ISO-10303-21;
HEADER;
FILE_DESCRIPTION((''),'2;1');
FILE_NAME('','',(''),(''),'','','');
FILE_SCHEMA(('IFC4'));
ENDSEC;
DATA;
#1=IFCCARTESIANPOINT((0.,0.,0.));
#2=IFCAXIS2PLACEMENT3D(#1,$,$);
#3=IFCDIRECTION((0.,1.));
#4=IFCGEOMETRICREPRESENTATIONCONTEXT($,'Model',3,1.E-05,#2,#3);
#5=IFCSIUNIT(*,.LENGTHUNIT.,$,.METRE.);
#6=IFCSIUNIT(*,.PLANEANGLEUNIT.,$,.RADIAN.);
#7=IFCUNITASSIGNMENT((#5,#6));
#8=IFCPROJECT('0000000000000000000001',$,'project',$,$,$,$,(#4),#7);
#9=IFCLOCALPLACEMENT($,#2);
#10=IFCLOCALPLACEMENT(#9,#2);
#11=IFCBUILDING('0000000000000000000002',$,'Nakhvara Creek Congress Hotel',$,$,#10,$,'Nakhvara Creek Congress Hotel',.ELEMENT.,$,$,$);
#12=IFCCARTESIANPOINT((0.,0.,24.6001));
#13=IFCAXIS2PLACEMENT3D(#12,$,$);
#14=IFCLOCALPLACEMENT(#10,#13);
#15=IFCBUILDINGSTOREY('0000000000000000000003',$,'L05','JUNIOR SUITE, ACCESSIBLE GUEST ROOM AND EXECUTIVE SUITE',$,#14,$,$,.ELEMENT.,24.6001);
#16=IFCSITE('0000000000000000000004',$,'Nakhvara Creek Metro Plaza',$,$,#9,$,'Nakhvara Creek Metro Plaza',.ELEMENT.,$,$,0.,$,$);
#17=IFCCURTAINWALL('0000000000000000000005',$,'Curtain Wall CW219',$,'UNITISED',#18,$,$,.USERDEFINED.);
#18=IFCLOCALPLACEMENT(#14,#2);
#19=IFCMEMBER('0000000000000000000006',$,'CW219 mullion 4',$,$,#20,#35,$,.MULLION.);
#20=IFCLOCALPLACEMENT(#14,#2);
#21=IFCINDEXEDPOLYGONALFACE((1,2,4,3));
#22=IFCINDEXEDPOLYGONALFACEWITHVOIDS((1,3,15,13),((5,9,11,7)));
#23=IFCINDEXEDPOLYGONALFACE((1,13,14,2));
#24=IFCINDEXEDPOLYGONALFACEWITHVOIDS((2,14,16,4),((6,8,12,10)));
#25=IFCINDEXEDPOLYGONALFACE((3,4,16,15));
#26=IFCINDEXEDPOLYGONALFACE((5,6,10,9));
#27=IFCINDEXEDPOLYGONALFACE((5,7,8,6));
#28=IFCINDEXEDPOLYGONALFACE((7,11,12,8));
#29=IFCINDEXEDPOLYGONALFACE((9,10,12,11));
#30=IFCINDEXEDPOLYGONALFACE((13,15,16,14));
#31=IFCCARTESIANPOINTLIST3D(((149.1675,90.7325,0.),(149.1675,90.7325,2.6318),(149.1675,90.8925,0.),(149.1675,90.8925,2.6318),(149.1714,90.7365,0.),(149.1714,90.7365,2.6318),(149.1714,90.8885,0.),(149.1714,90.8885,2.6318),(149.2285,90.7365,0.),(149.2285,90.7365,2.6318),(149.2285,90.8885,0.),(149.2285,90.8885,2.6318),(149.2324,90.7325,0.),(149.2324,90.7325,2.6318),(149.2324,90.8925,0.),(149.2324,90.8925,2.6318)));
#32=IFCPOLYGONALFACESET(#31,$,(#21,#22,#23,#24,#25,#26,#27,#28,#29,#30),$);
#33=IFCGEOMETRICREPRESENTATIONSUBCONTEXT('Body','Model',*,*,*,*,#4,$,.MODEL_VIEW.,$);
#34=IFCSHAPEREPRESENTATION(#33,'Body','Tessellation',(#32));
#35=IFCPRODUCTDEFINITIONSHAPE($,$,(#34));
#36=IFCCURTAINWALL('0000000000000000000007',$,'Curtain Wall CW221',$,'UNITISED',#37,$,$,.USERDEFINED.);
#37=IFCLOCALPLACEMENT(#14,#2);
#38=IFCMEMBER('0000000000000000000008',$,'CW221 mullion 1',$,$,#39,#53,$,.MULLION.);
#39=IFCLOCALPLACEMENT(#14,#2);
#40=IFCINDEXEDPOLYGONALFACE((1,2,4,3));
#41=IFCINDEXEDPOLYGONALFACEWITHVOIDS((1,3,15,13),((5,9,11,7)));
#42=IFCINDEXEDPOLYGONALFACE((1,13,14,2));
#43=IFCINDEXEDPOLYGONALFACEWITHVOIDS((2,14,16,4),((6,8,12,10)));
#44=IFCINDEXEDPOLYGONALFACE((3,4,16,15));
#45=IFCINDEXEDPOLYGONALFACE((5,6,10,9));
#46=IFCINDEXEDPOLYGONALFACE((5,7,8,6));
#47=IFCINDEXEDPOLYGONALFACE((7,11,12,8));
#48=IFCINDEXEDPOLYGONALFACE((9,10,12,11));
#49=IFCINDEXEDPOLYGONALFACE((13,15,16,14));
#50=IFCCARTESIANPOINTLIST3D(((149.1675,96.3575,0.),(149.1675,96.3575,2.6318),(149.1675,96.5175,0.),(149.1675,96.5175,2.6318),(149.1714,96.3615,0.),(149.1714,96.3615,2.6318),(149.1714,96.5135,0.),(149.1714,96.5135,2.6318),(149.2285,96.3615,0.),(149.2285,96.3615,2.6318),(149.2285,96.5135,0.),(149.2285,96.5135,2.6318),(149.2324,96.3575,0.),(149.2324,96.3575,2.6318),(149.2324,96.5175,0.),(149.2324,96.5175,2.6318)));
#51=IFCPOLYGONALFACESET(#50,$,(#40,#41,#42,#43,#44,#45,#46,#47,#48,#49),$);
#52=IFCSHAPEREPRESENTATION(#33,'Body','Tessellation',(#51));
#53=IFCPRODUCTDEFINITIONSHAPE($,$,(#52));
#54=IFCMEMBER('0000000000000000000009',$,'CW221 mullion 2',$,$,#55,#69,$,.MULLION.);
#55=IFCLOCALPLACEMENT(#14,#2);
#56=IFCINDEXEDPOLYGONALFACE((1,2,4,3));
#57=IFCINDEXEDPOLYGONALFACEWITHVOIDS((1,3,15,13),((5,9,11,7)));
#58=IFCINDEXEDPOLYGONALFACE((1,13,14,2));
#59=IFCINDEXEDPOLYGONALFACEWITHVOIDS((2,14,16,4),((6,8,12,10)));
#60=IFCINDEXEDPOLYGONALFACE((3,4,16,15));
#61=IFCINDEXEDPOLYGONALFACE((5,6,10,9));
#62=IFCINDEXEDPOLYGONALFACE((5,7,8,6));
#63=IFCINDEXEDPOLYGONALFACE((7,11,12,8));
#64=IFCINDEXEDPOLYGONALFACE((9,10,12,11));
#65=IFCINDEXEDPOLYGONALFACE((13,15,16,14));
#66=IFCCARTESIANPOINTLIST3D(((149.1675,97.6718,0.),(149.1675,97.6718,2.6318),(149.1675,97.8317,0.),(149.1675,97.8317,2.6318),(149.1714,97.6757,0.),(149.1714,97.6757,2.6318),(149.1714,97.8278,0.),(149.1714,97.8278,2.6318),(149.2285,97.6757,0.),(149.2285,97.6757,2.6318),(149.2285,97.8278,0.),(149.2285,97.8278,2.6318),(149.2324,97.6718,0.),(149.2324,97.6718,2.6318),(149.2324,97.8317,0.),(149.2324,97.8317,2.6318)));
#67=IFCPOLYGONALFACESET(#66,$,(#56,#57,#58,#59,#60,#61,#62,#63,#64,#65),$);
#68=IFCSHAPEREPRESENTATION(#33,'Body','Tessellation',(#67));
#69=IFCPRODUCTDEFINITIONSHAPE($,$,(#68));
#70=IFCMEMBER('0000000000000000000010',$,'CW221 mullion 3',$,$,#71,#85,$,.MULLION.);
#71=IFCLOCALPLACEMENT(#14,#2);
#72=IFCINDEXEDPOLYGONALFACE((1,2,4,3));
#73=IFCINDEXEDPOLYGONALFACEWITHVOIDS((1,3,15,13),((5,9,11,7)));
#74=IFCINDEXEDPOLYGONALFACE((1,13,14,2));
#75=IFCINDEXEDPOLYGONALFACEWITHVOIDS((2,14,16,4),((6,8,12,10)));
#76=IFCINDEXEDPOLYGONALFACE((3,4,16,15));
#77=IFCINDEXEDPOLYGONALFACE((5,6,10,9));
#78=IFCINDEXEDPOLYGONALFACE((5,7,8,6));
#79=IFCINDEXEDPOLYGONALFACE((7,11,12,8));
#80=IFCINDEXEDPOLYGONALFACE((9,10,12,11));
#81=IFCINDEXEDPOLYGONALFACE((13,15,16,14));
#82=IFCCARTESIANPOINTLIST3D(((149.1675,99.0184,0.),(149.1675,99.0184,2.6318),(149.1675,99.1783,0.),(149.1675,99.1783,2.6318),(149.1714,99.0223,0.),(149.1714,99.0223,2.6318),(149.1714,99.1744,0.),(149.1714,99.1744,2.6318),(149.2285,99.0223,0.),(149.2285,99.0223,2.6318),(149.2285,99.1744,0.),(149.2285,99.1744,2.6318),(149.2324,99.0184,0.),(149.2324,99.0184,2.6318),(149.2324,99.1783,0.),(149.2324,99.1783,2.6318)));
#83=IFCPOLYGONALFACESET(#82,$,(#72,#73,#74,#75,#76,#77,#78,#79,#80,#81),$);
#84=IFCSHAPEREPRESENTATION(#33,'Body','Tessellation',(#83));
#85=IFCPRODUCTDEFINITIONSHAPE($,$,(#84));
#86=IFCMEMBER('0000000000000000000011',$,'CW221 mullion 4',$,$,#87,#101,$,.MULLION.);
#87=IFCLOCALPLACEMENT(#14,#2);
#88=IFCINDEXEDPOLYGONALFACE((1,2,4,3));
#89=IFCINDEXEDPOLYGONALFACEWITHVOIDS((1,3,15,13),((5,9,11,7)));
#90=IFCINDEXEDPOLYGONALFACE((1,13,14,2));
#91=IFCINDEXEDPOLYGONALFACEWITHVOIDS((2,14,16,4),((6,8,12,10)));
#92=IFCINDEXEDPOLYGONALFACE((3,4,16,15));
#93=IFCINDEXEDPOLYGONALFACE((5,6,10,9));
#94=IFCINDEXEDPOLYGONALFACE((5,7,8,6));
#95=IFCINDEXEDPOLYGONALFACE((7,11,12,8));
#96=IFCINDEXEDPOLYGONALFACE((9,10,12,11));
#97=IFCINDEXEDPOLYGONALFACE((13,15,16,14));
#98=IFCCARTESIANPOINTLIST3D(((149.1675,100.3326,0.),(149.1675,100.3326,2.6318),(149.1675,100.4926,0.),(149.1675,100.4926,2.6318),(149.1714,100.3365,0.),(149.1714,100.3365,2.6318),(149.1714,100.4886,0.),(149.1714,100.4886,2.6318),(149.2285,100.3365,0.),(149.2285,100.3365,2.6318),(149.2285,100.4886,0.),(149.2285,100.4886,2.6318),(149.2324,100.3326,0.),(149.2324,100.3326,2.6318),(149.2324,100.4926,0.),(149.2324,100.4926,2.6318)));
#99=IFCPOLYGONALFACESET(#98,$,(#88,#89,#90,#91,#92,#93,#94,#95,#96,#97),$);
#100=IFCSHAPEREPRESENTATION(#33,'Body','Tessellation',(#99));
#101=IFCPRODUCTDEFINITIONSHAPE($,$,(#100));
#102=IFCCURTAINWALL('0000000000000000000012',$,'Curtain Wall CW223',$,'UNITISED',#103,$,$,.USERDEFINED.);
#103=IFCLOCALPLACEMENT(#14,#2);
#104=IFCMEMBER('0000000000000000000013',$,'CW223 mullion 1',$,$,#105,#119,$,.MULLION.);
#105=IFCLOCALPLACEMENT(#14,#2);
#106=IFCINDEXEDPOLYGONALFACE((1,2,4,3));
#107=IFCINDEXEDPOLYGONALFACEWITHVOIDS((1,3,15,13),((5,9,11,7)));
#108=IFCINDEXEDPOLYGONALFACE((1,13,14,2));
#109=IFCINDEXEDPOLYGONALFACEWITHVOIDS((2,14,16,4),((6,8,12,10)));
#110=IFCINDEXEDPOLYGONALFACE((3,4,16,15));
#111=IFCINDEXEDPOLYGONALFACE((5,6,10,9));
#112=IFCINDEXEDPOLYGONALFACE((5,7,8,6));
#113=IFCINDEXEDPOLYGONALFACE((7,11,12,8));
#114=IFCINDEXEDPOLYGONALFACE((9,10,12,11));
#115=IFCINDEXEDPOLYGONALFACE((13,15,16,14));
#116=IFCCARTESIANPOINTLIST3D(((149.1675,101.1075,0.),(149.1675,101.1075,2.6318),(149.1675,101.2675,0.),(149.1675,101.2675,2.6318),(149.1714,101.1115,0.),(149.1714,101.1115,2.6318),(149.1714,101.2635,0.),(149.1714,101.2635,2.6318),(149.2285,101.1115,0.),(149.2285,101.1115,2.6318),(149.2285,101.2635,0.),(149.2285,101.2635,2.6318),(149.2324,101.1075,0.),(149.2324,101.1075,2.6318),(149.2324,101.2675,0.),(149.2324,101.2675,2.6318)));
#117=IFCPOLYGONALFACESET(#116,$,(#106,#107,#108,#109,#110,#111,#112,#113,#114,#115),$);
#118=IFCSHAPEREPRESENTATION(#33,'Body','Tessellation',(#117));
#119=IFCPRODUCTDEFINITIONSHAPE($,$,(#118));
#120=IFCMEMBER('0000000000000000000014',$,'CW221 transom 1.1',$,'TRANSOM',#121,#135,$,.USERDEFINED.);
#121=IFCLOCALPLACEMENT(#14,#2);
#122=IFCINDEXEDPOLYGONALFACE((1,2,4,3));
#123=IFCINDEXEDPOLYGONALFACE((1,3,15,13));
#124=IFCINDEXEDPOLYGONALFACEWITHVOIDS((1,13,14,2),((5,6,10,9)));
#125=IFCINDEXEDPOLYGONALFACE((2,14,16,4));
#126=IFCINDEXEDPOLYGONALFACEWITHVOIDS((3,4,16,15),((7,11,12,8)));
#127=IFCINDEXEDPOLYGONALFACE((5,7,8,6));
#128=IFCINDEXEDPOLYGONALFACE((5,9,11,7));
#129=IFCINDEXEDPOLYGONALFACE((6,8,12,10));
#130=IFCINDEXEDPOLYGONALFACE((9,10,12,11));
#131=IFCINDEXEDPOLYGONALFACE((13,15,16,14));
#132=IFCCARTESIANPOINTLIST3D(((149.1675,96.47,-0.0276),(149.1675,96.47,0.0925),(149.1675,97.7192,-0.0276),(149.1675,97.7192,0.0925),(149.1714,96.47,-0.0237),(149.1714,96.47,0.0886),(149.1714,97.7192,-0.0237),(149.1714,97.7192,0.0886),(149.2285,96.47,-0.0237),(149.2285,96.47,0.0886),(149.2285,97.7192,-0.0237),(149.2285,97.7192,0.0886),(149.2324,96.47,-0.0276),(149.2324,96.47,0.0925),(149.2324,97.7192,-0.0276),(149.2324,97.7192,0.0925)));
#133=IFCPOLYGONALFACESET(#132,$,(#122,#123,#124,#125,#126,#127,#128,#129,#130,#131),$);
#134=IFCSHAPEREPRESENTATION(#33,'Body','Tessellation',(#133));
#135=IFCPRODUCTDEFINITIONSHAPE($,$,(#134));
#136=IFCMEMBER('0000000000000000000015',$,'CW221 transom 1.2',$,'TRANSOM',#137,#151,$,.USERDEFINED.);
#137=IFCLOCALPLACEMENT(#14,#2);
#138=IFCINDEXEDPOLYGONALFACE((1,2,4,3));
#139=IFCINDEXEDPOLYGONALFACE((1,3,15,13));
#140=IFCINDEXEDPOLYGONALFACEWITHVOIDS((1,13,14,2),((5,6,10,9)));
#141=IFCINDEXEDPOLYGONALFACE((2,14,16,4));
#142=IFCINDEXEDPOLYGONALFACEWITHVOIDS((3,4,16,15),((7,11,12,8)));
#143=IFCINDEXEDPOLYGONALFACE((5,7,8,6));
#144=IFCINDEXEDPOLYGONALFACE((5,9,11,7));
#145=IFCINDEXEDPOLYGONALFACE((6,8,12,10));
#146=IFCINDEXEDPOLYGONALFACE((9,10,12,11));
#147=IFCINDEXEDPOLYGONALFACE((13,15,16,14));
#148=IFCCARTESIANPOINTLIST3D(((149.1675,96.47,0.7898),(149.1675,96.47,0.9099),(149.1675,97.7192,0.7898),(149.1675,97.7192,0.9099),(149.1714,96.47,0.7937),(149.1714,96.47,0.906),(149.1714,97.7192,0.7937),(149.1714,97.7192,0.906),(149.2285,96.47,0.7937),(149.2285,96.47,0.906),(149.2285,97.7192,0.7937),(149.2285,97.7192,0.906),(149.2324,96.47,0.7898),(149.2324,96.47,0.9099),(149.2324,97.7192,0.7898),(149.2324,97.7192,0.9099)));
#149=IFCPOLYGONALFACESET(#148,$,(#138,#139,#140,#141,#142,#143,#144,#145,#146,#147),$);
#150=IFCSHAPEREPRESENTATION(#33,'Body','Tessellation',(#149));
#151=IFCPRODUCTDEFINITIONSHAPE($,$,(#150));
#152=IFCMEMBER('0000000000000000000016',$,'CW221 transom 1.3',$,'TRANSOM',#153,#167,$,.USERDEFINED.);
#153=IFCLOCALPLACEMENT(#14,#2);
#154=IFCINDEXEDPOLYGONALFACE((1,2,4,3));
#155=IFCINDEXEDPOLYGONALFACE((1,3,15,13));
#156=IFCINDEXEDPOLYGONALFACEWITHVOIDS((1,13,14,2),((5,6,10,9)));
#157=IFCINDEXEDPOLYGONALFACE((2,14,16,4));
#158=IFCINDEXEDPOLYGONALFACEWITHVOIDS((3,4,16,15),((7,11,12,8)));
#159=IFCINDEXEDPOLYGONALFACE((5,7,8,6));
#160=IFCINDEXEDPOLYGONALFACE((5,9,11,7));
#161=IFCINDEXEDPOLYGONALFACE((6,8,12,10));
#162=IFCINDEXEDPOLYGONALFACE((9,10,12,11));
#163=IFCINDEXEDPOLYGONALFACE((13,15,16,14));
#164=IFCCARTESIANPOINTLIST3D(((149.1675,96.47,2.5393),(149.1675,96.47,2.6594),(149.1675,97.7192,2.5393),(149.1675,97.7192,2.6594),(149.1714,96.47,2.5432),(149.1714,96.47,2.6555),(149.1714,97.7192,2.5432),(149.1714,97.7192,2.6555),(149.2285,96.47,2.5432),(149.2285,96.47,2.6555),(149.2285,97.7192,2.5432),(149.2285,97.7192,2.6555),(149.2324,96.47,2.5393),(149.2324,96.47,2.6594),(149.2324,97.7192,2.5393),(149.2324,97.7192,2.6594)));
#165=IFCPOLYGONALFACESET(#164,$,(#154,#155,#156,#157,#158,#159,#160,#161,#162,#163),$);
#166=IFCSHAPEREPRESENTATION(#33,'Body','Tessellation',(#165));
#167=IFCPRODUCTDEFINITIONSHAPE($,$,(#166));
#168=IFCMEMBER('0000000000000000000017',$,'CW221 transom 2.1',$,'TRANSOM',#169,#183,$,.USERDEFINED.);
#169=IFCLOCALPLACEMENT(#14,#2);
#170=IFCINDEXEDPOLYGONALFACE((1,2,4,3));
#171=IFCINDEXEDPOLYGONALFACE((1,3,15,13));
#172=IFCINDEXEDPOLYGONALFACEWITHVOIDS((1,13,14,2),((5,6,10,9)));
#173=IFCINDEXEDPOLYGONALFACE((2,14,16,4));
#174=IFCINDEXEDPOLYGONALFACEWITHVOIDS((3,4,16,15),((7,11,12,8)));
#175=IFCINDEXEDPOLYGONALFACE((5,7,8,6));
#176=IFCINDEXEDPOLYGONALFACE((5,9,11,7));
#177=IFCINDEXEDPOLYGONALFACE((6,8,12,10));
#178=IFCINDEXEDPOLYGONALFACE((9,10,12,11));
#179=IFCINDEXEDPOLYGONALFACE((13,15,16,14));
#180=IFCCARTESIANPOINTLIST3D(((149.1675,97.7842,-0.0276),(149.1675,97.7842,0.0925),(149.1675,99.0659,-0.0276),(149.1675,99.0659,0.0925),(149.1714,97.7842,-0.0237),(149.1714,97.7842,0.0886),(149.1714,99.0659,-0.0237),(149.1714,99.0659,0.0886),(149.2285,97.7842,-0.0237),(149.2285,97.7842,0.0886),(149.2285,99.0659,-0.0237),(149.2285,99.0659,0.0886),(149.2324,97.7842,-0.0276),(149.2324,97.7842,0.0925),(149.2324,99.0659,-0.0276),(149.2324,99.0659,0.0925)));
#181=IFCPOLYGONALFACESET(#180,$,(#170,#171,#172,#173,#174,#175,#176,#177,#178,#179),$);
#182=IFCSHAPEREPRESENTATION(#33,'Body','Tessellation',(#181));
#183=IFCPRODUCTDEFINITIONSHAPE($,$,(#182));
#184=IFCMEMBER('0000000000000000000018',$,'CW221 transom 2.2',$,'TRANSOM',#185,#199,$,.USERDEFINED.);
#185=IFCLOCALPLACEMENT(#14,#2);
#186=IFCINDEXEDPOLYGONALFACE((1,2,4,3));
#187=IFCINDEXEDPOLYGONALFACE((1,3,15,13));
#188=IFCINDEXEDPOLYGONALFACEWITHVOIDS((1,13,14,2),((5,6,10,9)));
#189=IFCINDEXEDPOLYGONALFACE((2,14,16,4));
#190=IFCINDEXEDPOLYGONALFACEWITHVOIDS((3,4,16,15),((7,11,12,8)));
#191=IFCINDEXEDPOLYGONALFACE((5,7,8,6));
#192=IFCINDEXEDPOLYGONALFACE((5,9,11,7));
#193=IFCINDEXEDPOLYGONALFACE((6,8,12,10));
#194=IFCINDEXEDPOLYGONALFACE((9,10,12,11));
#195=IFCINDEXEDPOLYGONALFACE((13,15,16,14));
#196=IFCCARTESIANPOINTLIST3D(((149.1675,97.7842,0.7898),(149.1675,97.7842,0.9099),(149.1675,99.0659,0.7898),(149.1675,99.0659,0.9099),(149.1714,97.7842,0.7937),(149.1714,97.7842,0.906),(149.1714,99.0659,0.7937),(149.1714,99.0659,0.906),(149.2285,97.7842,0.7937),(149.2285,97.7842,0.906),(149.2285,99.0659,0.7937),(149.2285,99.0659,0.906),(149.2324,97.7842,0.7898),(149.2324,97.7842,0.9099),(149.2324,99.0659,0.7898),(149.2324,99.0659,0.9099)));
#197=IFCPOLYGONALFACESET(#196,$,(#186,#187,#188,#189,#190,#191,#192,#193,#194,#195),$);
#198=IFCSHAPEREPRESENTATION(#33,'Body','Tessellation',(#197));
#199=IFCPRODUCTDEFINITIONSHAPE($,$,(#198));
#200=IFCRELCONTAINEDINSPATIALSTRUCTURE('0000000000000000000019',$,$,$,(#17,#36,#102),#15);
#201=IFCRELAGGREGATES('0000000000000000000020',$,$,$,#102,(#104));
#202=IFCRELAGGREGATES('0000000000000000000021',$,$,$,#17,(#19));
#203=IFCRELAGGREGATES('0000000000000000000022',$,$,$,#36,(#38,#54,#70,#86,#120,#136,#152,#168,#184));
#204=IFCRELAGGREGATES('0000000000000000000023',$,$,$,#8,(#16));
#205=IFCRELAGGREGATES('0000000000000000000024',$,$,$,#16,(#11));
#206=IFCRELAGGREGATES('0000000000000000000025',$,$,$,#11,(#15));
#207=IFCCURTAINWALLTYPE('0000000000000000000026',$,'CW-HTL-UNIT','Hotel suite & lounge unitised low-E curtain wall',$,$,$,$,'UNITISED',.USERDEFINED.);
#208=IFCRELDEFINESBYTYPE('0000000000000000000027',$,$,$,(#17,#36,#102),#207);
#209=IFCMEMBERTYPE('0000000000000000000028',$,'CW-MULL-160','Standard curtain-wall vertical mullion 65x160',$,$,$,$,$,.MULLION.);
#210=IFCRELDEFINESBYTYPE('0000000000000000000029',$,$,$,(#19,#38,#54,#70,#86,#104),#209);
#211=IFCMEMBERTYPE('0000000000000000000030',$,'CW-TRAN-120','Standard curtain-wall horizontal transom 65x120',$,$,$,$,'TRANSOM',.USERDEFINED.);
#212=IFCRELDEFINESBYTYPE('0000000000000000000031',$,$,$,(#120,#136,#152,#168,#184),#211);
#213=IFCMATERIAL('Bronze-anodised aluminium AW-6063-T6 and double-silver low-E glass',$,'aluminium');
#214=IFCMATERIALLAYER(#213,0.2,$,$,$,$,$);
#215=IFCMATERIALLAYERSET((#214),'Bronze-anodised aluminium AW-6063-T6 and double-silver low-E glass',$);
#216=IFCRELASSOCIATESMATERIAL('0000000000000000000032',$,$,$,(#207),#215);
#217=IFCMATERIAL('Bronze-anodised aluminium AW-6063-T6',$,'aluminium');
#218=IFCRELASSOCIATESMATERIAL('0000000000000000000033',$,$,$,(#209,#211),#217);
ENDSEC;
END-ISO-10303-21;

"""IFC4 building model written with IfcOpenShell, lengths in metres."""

from ifc_helpers import new_model, si_unit, direction, frame, origin, origin_2d, place, context, subcontext, project, spatial, hollow_rectangle, extrude, material, layer, layer_set, material_profile, profile_set, type_object, element, aggregate, save


model = new_model("IFC4")

# Units and contexts
model_context = context("Model", 3, precision=1e-05, world=origin(), true_north=direction((0.0, 1.0)))
body_context = subcontext(model_context, "Body", "Model", "MODEL_VIEW")
ifc_project = project(units=[si_unit("LENGTHUNIT", "METRE"), si_unit("PLANEANGLEUNIT", "RADIAN")], contexts=[model_context])

# Site, building, storey
site_placement = place(None, origin())
site = spatial("IfcSite", under=ifc_project, at=site_placement, Name="Nakhvara Creek Metro Plaza", LongName="Nakhvara Creek Metro Plaza", CompositionType="ELEMENT", RefElevation=0.0)
building_placement = place(site_placement, origin())
building = spatial("IfcBuilding", under=site, at=building_placement, Name="Nakhvara Creek Congress Hotel", LongName="Nakhvara Creek Congress Hotel", CompositionType="ELEMENT")
storey_placement = place(building_placement, frame((0.0, 0.0, 24.6001)))
storey = spatial("IfcBuildingStorey", under=building, at=storey_placement, Name="L05", Description="JUNIOR SUITE, ACCESSIBLE GUEST ROOM AND EXECUTIVE SUITE", CompositionType="ELEMENT", Elevation=24.6001)

# Curtain wall, member
ifc_material_1 = material(Name="Bronze-anodised aluminium AW-6063-T6 and double-silver low-E glass", Category="aluminium")
ifc_layer = layer(ifc_material_1, 0.2)
ifc_layer_set = layer_set([ifc_layer], Name="Bronze-anodised aluminium AW-6063-T6 and double-silver low-E glass")
curtain_wall_type = type_object("IfcCurtainWallType", Name="CW-HTL-UNIT", Description="Hotel suite & lounge unitised low-E curtain wall", ElementType="UNITISED", PredefinedType="USERDEFINED", material=ifc_layer_set)
curtain_wall_1_placement = place(storey_placement, origin())
curtain_wall_1 = element("IfcCurtainWall", 1, at=curtain_wall_1_placement, inside=storey, type_object=curtain_wall_type, Name="Curtain Wall CW219", ObjectType="UNITISED", PredefinedType="USERDEFINED")
ifc_material_2 = material(Name="Bronze-anodised aluminium AW-6063-T6", Category="aluminium")
ifc_material_profile_1 = material_profile(ifc_material_2, hollow_rectangle(XDim=0.0649, YDim=0.1599, WallThickness=0.0039, at=origin_2d()), Name="ALU-MULL 65x160x4", Category="LoadBearing")
ifc_profile_set_1 = profile_set([ifc_material_profile_1], Name="Bronze-anodised aluminium AW-6063-T6")
member_type_1 = type_object("IfcMemberType", Name="CW-MULL-160", Description="Standard curtain-wall vertical mullion 65x160", PredefinedType="MULLION", material=ifc_profile_set_1)
member_1_placement = place(storey_placement, frame((149.2, 90.8125, 0.0), z_axis=(0.0, 0.0, 1.0), x_axis=(-1.0, 0.0, 0.0)))
member_1 = element("IfcMember", 2, at=member_1_placement, type_object=member_type_1, Name="CW219 mullion 4", PredefinedType="MULLION", context=body_context, shape_type="SweptSolid", body=[
    extrude(hollow_rectangle(XDim=0.0649, YDim=0.1599, WallThickness=0.0039, at=origin_2d()), origin(), (0.0, 0.0, 1.0), 2.6318),
])

# Curtain wall, members
curtain_wall_2_placement = place(storey_placement, origin())
curtain_wall_2 = element("IfcCurtainWall", 3, at=curtain_wall_2_placement, inside=storey, type_object=curtain_wall_type, Name="Curtain Wall CW221", ObjectType="UNITISED", PredefinedType="USERDEFINED")
member_2_placement = place(storey_placement, frame((149.2, 96.4375, 0.0), z_axis=(0.0, 0.0, 1.0), x_axis=(-1.0, 0.0, 0.0)))
member_2 = element("IfcMember", 4, at=member_2_placement, type_object=member_type_1, Name="CW221 mullion 1", PredefinedType="MULLION", context=body_context, shape_type="SweptSolid", body=[
    extrude(hollow_rectangle(XDim=0.0649, YDim=0.1599, WallThickness=0.0039, at=origin_2d()), origin(), (0.0, 0.0, 1.0), 2.6318),
])
member_3_placement = place(storey_placement, frame((149.2, 97.7517, 0.0), z_axis=(0.0, 0.0, 1.0), x_axis=(-1.0, 0.0, 0.0)))
member_3 = element("IfcMember", 5, at=member_3_placement, type_object=member_type_1, Name="CW221 mullion 2", PredefinedType="MULLION", context=body_context, shape_type="SweptSolid", body=[
    extrude(hollow_rectangle(XDim=0.0649, YDim=0.1599, WallThickness=0.0039, at=origin_2d()), origin(), (0.0, 0.0, 1.0), 2.6318),
])
member_4_placement = place(storey_placement, frame((149.2, 99.0984, 0.0), z_axis=(0.0, 0.0, 1.0), x_axis=(-1.0, 0.0, 0.0)))
member_4 = element("IfcMember", 6, at=member_4_placement, type_object=member_type_1, Name="CW221 mullion 3", PredefinedType="MULLION", context=body_context, shape_type="SweptSolid", body=[
    extrude(hollow_rectangle(XDim=0.0649, YDim=0.1599, WallThickness=0.0039, at=origin_2d()), origin(), (0.0, 0.0, 1.0), 2.6318),
])
member_5_placement = place(storey_placement, frame((149.2, 100.4126, 0.0), z_axis=(0.0, 0.0, 1.0), x_axis=(-1.0, 0.0, 0.0)))
member_5 = element("IfcMember", 7, at=member_5_placement, type_object=member_type_1, Name="CW221 mullion 4", PredefinedType="MULLION", context=body_context, shape_type="SweptSolid", body=[
    extrude(hollow_rectangle(XDim=0.0649, YDim=0.1599, WallThickness=0.0039, at=origin_2d()), origin(), (0.0, 0.0, 1.0), 2.6318),
])

# Curtain wall, member
curtain_wall_3_placement = place(storey_placement, origin())
curtain_wall_3 = element("IfcCurtainWall", 8, at=curtain_wall_3_placement, inside=storey, type_object=curtain_wall_type, Name="Curtain Wall CW223", ObjectType="UNITISED", PredefinedType="USERDEFINED")
member_6_placement = place(storey_placement, frame((149.2, 101.1875, 0.0), z_axis=(0.0, 0.0, 1.0), x_axis=(-1.0, 0.0, 0.0)))
member_6 = element("IfcMember", 9, at=member_6_placement, type_object=member_type_1, Name="CW223 mullion 1", PredefinedType="MULLION", context=body_context, shape_type="SweptSolid", body=[
    extrude(hollow_rectangle(XDim=0.0649, YDim=0.1599, WallThickness=0.0039, at=origin_2d()), origin(), (0.0, 0.0, 1.0), 2.6318),
])
aggregate(curtain_wall_3, [member_6])

# Members
ifc_material_profile_2 = material_profile(ifc_material_2, hollow_rectangle(XDim=0.0649, YDim=0.1201, WallThickness=0.0039, at=origin_2d()), Name="ALU-TRAN 65x120x4", Category="LoadBearing")
ifc_profile_set_2 = profile_set([ifc_material_profile_2], Name="Bronze-anodised aluminium AW-6063-T6")
member_type_2 = type_object("IfcMemberType", Name="CW-TRAN-120", Description="Standard curtain-wall horizontal transom 65x120", ElementType="TRANSOM", PredefinedType="USERDEFINED", material=ifc_profile_set_2)
member_7_placement = place(storey_placement, frame((149.2, 96.47, 0.0325), z_axis=(0.0, 1.0, 0.0), x_axis=(-1.0, 0.0, 0.0)))
member_7 = element("IfcMember", 10, at=member_7_placement, type_object=member_type_2, Name="CW221 transom 1.1", ObjectType="TRANSOM", PredefinedType="USERDEFINED", context=body_context, shape_type="SweptSolid", body=[
    extrude(hollow_rectangle(XDim=0.0649, YDim=0.1201, WallThickness=0.0039, at=origin_2d()), origin(), (0.0, 0.0, 1.0), 1.2493),
])
member_8_placement = place(storey_placement, frame((149.2, 96.47, 0.8499), z_axis=(0.0, 1.0, 0.0), x_axis=(-1.0, 0.0, 0.0)))
member_8 = element("IfcMember", 11, at=member_8_placement, type_object=member_type_2, Name="CW221 transom 1.2", ObjectType="TRANSOM", PredefinedType="USERDEFINED", context=body_context, shape_type="SweptSolid", body=[
    extrude(hollow_rectangle(XDim=0.0649, YDim=0.1201, WallThickness=0.0039, at=origin_2d()), origin(), (0.0, 0.0, 1.0), 1.2493),
])
member_9_placement = place(storey_placement, frame((149.2, 96.47, 2.5994), z_axis=(0.0, 1.0, 0.0), x_axis=(-1.0, 0.0, 0.0)))
member_9 = element("IfcMember", 12, at=member_9_placement, type_object=member_type_2, Name="CW221 transom 1.3", ObjectType="TRANSOM", PredefinedType="USERDEFINED", context=body_context, shape_type="SweptSolid", body=[
    extrude(hollow_rectangle(XDim=0.0649, YDim=0.1201, WallThickness=0.0039, at=origin_2d()), origin(), (0.0, 0.0, 1.0), 1.2493),
])
member_10_placement = place(storey_placement, frame((149.2, 97.7842, 0.0325), z_axis=(0.0, 1.0, 0.0), x_axis=(-1.0, 0.0, 0.0)))
member_10 = element("IfcMember", 13, at=member_10_placement, type_object=member_type_2, Name="CW221 transom 2.1", ObjectType="TRANSOM", PredefinedType="USERDEFINED", context=body_context, shape_type="SweptSolid", body=[
    extrude(hollow_rectangle(XDim=0.0649, YDim=0.1201, WallThickness=0.0039, at=origin_2d()), origin(), (0.0, 0.0, 1.0), 1.2817),
])
member_11_placement = place(storey_placement, frame((149.2, 97.7842, 0.8499), z_axis=(0.0, 1.0, 0.0), x_axis=(-1.0, 0.0, 0.0)))
member_11 = element("IfcMember", 14, at=member_11_placement, type_object=member_type_2, Name="CW221 transom 2.2", ObjectType="TRANSOM", PredefinedType="USERDEFINED", context=body_context, shape_type="SweptSolid", body=[
    extrude(hollow_rectangle(XDim=0.0649, YDim=0.1201, WallThickness=0.0039, at=origin_2d()), origin(), (0.0, 0.0, 1.0), 1.2817),
])

aggregate(curtain_wall_1, [member_1])
aggregate(curtain_wall_2, [member_2, member_3, member_4, member_5, member_7, member_8, member_9, member_10, member_11])

save(model, "model.ifc")
